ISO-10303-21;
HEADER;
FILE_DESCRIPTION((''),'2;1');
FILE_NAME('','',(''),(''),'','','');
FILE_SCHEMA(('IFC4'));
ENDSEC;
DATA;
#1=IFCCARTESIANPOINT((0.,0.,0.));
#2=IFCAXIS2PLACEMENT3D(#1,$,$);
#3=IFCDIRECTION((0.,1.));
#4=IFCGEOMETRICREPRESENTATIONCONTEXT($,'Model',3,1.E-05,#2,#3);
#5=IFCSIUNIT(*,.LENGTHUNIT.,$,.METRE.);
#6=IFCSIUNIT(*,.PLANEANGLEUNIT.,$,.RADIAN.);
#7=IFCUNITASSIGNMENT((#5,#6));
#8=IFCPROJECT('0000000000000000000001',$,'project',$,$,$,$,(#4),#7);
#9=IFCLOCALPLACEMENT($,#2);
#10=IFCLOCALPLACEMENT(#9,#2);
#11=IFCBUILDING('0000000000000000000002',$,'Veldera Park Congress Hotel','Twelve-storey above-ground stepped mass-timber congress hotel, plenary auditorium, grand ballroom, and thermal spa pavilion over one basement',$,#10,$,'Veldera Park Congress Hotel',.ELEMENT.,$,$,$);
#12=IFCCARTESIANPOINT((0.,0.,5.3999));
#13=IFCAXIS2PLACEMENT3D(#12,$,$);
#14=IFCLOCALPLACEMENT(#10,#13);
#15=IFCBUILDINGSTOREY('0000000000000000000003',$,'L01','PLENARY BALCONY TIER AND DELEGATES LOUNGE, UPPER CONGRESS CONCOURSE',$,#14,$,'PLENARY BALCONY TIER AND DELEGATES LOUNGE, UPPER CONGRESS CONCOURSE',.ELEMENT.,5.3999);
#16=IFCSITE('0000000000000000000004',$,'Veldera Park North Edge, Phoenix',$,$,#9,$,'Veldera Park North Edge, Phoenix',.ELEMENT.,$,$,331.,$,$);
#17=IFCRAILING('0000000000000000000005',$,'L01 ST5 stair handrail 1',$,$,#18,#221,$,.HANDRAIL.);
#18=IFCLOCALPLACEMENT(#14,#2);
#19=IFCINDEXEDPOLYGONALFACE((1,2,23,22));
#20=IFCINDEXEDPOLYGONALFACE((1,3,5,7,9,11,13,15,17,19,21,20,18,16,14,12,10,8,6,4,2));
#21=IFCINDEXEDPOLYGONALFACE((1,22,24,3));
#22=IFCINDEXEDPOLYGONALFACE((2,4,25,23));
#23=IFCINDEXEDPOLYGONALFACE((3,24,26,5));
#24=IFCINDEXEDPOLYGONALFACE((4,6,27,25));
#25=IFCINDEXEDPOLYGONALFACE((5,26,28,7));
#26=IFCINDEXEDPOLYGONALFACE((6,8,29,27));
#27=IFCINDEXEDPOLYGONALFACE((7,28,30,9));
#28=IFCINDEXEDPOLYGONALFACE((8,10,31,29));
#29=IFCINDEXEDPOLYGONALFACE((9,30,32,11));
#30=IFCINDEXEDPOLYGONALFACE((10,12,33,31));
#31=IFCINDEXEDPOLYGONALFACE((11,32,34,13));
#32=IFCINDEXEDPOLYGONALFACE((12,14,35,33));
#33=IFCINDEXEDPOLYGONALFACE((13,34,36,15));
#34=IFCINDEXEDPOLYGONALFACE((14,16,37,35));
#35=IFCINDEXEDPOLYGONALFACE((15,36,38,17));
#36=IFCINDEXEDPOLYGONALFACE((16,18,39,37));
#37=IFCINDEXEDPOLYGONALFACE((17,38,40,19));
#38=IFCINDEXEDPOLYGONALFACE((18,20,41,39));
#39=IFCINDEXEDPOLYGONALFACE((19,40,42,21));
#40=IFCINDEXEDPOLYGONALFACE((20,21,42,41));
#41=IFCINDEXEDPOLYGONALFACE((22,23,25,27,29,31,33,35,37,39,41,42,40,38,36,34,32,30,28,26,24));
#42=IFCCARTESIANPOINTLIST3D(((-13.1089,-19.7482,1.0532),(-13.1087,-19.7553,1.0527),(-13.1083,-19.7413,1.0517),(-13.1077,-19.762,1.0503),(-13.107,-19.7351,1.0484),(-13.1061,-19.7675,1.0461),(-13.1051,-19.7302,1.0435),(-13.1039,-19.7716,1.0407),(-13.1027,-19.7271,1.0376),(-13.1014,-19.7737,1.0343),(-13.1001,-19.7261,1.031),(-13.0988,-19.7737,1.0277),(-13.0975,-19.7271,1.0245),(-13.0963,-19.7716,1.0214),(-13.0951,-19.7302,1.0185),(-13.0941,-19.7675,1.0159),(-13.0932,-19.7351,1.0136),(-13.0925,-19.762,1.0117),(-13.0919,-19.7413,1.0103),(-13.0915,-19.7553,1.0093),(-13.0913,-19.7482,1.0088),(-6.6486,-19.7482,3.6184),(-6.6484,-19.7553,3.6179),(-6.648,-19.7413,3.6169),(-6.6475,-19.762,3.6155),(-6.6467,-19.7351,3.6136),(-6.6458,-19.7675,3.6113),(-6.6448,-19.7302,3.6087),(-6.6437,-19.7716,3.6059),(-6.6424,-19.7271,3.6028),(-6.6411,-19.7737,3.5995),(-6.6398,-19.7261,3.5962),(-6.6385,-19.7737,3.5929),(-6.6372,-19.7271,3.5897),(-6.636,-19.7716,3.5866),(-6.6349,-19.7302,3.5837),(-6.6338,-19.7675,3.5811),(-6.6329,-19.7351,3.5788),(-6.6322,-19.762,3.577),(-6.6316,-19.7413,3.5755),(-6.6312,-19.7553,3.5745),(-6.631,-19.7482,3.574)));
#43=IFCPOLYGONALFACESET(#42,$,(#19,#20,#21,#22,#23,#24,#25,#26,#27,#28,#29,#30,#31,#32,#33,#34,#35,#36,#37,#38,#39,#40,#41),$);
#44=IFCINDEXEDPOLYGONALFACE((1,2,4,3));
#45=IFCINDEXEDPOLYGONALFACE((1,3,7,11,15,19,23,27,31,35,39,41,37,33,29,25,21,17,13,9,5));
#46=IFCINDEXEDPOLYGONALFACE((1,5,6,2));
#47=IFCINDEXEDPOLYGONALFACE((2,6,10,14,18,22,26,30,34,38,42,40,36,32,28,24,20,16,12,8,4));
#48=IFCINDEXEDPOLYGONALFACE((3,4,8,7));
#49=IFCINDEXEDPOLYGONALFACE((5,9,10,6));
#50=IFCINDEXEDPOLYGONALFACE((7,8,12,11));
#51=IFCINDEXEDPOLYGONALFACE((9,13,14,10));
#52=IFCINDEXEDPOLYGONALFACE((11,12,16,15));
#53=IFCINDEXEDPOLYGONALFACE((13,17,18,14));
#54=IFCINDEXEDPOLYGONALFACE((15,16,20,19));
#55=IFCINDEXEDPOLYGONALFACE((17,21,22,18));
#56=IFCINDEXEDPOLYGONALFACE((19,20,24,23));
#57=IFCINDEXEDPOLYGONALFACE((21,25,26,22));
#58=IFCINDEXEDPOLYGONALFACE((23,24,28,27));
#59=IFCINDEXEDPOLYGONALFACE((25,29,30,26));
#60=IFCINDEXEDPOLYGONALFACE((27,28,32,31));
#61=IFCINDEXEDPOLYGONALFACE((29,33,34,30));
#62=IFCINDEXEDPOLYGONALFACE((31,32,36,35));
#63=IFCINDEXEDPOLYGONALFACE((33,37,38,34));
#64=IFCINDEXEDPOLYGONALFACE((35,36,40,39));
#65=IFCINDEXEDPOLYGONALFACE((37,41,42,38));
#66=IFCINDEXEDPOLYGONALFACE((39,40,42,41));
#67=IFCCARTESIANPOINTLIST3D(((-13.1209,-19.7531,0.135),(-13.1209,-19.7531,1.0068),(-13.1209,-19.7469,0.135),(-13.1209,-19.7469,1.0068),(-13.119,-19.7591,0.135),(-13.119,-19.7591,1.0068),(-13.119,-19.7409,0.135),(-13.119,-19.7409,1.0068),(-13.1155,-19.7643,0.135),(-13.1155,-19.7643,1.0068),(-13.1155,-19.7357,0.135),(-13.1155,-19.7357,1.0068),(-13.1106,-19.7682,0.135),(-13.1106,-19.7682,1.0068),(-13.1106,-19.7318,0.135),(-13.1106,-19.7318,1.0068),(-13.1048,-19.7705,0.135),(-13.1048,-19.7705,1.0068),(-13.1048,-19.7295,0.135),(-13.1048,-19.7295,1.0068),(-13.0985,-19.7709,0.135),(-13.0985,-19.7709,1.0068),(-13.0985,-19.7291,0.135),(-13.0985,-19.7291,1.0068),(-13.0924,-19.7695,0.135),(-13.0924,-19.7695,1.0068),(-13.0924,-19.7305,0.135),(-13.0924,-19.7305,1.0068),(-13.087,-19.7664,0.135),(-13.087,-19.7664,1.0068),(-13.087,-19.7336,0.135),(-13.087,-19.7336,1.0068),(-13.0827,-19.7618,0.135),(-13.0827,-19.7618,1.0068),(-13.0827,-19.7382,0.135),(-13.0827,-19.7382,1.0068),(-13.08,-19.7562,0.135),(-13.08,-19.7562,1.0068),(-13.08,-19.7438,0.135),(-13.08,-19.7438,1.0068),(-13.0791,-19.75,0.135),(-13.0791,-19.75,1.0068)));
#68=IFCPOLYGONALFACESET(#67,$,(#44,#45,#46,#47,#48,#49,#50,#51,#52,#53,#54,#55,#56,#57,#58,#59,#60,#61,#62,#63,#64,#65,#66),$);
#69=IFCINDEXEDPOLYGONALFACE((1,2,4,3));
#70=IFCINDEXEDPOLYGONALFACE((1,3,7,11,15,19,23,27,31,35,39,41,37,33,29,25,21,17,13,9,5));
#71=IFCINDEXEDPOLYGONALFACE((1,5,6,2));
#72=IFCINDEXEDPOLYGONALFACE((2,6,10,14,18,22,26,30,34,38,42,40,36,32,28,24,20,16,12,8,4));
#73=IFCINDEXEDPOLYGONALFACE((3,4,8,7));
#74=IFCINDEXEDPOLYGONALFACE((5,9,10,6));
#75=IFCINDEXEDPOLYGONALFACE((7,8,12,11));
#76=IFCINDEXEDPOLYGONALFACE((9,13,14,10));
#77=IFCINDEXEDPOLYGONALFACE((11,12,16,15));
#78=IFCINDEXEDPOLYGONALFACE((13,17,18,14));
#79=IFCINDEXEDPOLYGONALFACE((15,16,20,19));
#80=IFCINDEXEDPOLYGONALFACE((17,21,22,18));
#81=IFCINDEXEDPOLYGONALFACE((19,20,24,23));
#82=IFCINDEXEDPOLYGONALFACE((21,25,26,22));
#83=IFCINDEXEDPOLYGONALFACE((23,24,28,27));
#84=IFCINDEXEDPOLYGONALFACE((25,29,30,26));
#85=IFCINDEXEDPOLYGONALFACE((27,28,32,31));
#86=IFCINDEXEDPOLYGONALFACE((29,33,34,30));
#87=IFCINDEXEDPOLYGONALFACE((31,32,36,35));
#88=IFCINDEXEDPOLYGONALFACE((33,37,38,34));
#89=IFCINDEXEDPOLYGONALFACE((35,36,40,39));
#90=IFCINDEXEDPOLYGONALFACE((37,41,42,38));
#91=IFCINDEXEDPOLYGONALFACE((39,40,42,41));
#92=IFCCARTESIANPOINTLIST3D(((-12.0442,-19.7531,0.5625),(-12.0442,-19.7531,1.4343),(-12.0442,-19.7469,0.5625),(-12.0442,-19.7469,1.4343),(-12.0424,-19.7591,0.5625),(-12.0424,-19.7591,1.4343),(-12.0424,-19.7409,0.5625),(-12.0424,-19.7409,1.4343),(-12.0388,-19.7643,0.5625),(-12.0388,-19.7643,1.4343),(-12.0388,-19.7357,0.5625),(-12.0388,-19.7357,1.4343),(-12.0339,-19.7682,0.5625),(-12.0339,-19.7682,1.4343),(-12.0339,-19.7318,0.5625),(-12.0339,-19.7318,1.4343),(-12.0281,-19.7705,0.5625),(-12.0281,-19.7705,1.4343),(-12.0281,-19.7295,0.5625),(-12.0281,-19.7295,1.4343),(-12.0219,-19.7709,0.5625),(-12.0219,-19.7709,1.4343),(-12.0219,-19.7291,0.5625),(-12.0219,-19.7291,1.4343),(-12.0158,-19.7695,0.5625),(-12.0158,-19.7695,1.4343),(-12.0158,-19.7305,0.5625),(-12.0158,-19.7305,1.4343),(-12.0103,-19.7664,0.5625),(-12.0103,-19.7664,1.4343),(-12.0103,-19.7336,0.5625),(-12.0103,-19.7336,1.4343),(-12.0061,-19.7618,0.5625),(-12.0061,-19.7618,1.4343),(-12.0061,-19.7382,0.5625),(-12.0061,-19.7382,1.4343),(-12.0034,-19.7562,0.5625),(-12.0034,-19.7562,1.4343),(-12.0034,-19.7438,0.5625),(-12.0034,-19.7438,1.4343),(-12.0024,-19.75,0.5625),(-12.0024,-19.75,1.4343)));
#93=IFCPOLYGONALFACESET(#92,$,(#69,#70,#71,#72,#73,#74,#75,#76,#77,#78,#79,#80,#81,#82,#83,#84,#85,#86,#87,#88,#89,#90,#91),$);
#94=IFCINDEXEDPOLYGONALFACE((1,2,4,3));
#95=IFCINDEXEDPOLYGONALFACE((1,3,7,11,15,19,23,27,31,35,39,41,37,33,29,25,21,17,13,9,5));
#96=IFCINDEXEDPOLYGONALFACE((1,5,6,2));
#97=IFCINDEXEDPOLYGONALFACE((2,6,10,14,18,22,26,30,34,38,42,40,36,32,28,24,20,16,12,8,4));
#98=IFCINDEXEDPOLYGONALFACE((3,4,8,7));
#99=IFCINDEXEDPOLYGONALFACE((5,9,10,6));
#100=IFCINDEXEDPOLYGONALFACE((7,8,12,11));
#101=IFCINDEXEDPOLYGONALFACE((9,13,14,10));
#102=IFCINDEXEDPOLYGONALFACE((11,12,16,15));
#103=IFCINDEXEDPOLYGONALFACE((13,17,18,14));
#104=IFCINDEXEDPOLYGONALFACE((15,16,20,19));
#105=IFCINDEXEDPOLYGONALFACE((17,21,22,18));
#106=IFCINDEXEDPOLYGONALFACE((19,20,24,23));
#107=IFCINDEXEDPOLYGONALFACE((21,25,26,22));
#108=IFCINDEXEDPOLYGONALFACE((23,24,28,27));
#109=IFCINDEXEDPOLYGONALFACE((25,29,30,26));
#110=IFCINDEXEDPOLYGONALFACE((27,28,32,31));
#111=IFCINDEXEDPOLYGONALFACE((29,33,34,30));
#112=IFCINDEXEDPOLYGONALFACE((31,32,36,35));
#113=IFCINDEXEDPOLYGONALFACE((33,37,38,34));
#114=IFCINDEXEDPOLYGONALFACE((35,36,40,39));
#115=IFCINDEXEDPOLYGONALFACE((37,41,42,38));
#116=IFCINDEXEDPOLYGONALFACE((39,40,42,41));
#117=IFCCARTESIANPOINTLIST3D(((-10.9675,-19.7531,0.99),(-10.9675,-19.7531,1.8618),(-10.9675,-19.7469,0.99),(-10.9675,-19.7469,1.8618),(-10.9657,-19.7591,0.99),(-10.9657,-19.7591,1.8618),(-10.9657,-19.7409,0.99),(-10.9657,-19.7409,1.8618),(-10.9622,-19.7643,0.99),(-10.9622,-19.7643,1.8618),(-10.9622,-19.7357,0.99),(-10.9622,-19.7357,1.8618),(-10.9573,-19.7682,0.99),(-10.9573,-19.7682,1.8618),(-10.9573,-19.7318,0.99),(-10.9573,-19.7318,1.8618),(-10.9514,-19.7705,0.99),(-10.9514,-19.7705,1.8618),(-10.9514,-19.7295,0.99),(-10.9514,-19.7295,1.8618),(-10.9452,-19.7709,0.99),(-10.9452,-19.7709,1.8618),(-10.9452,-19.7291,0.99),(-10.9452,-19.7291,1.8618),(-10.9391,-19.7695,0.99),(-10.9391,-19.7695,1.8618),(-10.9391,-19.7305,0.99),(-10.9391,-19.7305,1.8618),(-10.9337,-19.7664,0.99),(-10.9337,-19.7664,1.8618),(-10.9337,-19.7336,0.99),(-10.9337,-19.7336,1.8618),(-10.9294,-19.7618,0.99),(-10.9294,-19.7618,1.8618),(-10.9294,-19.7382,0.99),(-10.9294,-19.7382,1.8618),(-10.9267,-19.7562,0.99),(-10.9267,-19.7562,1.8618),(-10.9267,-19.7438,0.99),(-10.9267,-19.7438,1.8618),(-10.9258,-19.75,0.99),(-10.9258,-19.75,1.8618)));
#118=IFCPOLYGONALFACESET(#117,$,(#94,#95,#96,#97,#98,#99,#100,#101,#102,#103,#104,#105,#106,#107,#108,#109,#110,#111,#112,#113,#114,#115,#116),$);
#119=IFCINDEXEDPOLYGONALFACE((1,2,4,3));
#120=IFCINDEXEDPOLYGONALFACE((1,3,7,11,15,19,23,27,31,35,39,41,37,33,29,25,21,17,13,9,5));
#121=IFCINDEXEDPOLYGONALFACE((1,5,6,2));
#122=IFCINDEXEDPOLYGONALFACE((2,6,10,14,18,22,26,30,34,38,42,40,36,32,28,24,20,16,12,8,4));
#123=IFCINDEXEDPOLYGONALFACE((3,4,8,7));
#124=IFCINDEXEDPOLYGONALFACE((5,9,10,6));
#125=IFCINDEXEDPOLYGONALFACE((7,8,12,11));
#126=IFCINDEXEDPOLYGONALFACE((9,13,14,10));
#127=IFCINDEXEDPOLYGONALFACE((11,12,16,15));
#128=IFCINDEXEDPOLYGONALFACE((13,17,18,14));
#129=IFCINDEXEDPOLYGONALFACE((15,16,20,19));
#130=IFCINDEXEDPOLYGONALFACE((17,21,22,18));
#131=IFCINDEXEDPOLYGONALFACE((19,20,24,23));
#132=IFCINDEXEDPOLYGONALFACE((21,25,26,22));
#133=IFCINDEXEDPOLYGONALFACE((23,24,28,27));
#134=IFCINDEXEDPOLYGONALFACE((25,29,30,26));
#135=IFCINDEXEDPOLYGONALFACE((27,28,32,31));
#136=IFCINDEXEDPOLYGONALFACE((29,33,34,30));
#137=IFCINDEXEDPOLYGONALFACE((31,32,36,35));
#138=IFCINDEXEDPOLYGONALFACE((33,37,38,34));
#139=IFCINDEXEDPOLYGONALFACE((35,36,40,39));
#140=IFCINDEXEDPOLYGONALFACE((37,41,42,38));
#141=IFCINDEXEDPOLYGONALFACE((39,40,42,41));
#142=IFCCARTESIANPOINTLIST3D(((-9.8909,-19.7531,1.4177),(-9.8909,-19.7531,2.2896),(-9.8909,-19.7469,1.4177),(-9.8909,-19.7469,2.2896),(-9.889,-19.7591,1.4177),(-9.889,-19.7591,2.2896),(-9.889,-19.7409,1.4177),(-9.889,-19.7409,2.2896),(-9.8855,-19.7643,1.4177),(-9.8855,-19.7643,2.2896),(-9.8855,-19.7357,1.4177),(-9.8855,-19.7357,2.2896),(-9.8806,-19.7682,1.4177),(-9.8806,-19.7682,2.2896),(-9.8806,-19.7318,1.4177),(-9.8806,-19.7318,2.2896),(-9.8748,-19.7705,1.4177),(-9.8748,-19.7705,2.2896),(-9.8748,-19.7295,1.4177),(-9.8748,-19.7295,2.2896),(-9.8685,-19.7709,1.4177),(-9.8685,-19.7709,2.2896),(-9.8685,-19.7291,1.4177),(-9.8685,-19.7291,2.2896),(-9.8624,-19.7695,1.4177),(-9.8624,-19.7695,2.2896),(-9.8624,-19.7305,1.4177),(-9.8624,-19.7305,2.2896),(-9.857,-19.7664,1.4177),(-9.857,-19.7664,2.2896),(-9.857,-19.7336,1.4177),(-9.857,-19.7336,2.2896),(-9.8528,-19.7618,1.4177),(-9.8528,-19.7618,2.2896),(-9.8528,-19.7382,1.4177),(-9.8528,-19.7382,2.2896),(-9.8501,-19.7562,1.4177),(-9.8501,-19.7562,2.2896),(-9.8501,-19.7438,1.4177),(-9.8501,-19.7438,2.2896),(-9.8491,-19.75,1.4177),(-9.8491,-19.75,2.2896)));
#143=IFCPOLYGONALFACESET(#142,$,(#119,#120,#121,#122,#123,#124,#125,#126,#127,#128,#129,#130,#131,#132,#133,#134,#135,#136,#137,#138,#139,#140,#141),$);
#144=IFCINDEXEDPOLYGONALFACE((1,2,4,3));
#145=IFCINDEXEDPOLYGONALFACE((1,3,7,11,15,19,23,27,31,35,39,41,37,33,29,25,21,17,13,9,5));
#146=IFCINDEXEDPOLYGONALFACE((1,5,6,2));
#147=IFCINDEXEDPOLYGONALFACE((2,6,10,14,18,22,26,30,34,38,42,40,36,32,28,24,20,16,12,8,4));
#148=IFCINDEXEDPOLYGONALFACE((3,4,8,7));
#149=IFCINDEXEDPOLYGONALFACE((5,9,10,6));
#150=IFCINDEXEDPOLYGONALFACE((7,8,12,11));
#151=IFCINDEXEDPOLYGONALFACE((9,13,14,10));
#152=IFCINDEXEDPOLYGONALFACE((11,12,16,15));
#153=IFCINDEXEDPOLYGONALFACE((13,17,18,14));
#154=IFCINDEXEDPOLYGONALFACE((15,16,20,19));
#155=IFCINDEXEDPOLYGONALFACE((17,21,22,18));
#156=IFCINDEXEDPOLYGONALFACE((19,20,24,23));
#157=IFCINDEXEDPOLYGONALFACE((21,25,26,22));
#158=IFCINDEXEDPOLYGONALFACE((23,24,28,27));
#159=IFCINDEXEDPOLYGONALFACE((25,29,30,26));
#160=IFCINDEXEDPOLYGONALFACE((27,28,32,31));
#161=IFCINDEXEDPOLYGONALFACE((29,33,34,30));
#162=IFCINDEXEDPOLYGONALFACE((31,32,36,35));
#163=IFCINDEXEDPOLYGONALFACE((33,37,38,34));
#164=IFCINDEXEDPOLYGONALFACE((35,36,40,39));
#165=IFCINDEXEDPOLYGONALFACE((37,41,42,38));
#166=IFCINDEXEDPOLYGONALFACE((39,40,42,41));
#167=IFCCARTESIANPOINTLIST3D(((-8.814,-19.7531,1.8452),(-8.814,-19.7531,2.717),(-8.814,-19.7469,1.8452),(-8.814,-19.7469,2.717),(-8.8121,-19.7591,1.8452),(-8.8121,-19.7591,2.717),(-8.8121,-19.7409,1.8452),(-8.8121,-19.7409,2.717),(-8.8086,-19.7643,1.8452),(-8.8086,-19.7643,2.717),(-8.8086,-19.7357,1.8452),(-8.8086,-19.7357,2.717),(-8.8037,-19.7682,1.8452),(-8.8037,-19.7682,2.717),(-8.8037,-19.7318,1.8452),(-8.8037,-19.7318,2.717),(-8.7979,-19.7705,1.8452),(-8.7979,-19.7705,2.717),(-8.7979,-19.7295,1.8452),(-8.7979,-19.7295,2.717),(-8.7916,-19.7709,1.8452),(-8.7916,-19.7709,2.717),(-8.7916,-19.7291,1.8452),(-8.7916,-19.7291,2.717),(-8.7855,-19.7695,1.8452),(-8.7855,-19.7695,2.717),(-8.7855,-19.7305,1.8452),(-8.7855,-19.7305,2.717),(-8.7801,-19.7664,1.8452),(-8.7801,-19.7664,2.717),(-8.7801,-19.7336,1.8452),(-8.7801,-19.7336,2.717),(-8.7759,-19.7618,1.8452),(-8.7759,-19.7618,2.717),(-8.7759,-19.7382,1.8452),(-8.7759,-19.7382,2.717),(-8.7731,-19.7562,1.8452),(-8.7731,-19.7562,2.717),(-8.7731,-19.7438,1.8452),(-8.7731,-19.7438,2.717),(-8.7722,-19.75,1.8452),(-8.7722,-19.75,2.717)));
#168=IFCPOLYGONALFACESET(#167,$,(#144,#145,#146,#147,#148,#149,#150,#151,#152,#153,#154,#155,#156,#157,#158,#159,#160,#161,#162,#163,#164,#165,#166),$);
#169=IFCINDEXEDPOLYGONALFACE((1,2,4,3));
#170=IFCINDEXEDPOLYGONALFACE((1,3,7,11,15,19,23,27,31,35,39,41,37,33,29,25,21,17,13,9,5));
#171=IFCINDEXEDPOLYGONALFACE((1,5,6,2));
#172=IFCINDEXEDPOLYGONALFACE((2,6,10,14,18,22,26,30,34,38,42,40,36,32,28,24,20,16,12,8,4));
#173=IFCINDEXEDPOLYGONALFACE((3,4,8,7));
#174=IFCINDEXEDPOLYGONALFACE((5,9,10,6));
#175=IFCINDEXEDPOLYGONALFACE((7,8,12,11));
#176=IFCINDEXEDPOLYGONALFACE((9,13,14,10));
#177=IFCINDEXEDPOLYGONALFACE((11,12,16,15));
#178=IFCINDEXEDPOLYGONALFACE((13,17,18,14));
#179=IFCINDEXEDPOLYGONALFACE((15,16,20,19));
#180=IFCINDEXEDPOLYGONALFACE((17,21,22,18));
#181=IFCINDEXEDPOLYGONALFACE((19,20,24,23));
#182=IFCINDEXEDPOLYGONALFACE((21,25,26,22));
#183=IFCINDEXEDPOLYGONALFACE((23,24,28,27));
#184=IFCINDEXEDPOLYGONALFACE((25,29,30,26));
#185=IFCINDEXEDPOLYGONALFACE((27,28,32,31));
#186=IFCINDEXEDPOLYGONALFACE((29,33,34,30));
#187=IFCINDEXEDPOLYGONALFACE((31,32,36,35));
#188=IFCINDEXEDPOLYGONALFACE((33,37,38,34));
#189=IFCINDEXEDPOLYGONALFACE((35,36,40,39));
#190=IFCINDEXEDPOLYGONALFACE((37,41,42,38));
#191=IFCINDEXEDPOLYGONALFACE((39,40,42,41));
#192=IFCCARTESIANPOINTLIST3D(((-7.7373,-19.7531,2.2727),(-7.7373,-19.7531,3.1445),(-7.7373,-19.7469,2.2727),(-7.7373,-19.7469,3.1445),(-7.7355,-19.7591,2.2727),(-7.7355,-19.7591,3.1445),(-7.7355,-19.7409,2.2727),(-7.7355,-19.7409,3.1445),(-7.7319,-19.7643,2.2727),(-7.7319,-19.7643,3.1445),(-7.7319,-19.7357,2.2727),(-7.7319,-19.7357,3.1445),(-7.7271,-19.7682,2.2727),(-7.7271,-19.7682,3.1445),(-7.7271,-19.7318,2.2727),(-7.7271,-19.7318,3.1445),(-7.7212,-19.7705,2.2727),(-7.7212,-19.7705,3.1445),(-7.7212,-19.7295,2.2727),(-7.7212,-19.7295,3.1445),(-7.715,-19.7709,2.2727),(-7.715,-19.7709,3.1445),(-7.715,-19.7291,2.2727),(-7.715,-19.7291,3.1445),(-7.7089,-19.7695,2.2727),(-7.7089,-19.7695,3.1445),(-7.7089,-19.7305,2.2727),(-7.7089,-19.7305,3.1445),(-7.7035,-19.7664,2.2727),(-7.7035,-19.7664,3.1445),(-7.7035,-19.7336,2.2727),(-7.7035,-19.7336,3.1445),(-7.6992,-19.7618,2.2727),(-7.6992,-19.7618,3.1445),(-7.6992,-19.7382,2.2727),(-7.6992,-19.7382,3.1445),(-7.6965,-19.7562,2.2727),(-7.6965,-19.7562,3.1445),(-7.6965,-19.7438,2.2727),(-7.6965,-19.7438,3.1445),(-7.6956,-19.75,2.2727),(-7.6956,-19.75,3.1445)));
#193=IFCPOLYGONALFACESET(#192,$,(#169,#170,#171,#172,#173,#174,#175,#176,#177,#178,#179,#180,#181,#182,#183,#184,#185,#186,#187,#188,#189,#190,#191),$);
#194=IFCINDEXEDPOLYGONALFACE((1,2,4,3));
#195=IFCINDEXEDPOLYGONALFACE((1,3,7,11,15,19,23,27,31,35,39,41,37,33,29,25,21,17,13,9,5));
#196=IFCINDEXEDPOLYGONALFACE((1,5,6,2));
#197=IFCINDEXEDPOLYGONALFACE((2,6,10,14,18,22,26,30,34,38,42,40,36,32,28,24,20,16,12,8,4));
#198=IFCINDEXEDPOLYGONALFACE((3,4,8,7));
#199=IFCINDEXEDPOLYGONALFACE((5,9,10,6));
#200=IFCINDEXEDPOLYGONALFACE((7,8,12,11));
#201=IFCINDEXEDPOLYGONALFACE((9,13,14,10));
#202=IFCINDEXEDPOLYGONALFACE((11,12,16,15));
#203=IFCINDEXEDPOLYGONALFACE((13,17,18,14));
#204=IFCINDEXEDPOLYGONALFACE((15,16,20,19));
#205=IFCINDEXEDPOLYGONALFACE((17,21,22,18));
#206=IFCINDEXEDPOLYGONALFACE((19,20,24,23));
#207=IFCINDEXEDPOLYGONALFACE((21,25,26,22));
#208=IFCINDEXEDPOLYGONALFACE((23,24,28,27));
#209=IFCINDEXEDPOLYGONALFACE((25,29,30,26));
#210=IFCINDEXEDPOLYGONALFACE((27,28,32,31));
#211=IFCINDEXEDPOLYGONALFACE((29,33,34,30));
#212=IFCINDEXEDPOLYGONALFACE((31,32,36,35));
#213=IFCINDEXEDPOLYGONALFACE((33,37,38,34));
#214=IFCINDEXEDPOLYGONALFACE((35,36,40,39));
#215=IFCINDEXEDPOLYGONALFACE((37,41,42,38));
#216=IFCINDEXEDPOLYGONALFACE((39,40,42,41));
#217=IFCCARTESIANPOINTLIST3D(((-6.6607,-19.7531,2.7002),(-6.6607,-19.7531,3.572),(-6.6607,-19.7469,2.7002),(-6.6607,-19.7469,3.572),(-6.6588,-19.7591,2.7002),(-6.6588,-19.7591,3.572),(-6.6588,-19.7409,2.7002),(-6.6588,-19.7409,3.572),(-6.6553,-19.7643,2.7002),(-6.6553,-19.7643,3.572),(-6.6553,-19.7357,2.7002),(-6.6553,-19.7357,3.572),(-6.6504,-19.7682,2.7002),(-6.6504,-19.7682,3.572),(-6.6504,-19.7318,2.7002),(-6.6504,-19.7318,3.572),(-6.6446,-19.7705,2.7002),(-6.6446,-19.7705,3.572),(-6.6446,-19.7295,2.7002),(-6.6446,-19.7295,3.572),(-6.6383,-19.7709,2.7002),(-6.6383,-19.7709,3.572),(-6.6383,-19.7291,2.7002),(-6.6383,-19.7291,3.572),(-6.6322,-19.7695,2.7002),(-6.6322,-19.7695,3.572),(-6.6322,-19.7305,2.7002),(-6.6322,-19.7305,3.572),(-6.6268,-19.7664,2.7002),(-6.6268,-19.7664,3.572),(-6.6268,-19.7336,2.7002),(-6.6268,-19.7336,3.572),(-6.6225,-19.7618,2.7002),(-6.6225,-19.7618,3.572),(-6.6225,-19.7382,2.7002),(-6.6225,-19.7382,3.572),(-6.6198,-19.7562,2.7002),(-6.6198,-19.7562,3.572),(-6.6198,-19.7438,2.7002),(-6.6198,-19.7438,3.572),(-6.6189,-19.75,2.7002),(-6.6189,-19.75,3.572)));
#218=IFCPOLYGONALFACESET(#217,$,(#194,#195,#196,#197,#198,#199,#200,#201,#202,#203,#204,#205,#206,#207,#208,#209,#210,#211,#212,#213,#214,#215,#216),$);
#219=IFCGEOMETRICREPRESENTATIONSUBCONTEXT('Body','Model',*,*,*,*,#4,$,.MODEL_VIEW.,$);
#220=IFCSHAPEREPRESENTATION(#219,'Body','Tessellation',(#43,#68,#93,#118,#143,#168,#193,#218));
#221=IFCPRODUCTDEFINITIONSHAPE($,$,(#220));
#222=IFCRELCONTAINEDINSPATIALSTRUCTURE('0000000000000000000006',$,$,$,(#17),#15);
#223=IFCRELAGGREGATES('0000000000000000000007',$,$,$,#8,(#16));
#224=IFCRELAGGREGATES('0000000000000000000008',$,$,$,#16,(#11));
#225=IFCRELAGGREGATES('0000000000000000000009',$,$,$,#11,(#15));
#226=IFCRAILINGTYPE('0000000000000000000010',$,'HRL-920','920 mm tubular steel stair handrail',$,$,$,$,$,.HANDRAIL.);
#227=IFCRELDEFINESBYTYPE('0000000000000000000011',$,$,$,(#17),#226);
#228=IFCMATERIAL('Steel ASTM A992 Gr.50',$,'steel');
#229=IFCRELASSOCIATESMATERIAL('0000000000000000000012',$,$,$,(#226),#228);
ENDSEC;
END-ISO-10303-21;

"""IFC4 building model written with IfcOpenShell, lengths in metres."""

from ifc_helpers import new_model, si_unit, direction, frame, origin, origin_2d, place, context, subcontext, project, spatial, circle, extrude, material, type_object, element, save


model = new_model("IFC4")

# Units and contexts
model_context = context("Model", 3, precision=1e-05, world=origin(), true_north=direction((0.0, 1.0)))
body_context = subcontext(model_context, "Body", "Model", "MODEL_VIEW")
ifc_project = project(units=[si_unit("LENGTHUNIT", "METRE"), si_unit("PLANEANGLEUNIT", "RADIAN")], contexts=[model_context])

# Site, building, storey
site_placement = place(None, origin())
site = spatial("IfcSite", under=ifc_project, at=site_placement, Name="Veldera Park North Edge, Phoenix", LongName="Veldera Park North Edge, Phoenix", CompositionType="ELEMENT", RefElevation=331.0)
building_placement = place(site_placement, origin())
building = spatial("IfcBuilding", under=site, at=building_placement, Name="Veldera Park Congress Hotel", Description="Twelve-storey above-ground stepped mass-timber congress hotel, plenary auditorium, grand ballroom, and thermal spa pavilion over one basement", LongName="Veldera Park Congress Hotel", CompositionType="ELEMENT")
storey_placement = place(building_placement, frame((0.0, 0.0, 5.3999)))
storey = spatial("IfcBuildingStorey", under=building, at=storey_placement, Name="L01", Description="PLENARY BALCONY TIER AND DELEGATES LOUNGE, UPPER CONGRESS CONCOURSE", LongName="PLENARY BALCONY TIER AND DELEGATES LOUNGE, UPPER CONGRESS CONCOURSE", CompositionType="ELEMENT", Elevation=5.3999)

# Shared definitions
ifc_material_1 = material(Name="Steel ASTM A992 Gr.50", Category="steel")

# Railing
railing_type_1 = type_object("IfcRailingType", Name="HRL-920", Description="920 mm tubular steel stair handrail", PredefinedType="HANDRAIL", material=ifc_material_1)
railing_1_placement = place(storey_placement, frame((-13.1001, -19.75, 0.135)))
element("IfcRailing", 1, at=railing_1_placement, inside=storey, type_object=railing_type_1, Name="L01 ST5 stair handrail 1", PredefinedType="HANDRAIL", context=body_context, shape_type="SweptSolid", body=[
    extrude(circle(Radius=0.0239, at=origin_2d()), frame((0.0, 0.0, 0.896), z_axis=(0.929411, 0.0, 0.369046), x_axis=(0.0, 1.0, 0.0)), (0.0, 0.0, 1.0), 6.9509),
    extrude(circle(Radius=0.021, at=origin_2d()), origin(), (0.0, 0.0, 1.0), 0.8718),
    extrude(circle(Radius=0.021, at=origin_2d()), frame((1.0767, 0.0, 0.4275)), (0.0, 0.0, 1.0), 0.8718),
    extrude(circle(Radius=0.021, at=origin_2d()), frame((2.1533, 0.0, 0.855)), (0.0, 0.0, 1.0), 0.8718),
    extrude(circle(Radius=0.021, at=origin_2d()), frame((3.23, 0.0, 1.2827)), (0.0, 0.0, 1.0), 0.8718),
    extrude(circle(Radius=0.021, at=origin_2d()), frame((4.3069, 0.0, 1.7102)), (0.0, 0.0, 1.0), 0.8718),
    extrude(circle(Radius=0.021, at=origin_2d()), frame((5.3835, 0.0, 2.1377)), (0.0, 0.0, 1.0), 0.8718),
    extrude(circle(Radius=0.021, at=origin_2d()), frame((6.4602, 0.0, 2.5652)), (0.0, 0.0, 1.0), 0.8718),
])

save(model, "model.ifc")
